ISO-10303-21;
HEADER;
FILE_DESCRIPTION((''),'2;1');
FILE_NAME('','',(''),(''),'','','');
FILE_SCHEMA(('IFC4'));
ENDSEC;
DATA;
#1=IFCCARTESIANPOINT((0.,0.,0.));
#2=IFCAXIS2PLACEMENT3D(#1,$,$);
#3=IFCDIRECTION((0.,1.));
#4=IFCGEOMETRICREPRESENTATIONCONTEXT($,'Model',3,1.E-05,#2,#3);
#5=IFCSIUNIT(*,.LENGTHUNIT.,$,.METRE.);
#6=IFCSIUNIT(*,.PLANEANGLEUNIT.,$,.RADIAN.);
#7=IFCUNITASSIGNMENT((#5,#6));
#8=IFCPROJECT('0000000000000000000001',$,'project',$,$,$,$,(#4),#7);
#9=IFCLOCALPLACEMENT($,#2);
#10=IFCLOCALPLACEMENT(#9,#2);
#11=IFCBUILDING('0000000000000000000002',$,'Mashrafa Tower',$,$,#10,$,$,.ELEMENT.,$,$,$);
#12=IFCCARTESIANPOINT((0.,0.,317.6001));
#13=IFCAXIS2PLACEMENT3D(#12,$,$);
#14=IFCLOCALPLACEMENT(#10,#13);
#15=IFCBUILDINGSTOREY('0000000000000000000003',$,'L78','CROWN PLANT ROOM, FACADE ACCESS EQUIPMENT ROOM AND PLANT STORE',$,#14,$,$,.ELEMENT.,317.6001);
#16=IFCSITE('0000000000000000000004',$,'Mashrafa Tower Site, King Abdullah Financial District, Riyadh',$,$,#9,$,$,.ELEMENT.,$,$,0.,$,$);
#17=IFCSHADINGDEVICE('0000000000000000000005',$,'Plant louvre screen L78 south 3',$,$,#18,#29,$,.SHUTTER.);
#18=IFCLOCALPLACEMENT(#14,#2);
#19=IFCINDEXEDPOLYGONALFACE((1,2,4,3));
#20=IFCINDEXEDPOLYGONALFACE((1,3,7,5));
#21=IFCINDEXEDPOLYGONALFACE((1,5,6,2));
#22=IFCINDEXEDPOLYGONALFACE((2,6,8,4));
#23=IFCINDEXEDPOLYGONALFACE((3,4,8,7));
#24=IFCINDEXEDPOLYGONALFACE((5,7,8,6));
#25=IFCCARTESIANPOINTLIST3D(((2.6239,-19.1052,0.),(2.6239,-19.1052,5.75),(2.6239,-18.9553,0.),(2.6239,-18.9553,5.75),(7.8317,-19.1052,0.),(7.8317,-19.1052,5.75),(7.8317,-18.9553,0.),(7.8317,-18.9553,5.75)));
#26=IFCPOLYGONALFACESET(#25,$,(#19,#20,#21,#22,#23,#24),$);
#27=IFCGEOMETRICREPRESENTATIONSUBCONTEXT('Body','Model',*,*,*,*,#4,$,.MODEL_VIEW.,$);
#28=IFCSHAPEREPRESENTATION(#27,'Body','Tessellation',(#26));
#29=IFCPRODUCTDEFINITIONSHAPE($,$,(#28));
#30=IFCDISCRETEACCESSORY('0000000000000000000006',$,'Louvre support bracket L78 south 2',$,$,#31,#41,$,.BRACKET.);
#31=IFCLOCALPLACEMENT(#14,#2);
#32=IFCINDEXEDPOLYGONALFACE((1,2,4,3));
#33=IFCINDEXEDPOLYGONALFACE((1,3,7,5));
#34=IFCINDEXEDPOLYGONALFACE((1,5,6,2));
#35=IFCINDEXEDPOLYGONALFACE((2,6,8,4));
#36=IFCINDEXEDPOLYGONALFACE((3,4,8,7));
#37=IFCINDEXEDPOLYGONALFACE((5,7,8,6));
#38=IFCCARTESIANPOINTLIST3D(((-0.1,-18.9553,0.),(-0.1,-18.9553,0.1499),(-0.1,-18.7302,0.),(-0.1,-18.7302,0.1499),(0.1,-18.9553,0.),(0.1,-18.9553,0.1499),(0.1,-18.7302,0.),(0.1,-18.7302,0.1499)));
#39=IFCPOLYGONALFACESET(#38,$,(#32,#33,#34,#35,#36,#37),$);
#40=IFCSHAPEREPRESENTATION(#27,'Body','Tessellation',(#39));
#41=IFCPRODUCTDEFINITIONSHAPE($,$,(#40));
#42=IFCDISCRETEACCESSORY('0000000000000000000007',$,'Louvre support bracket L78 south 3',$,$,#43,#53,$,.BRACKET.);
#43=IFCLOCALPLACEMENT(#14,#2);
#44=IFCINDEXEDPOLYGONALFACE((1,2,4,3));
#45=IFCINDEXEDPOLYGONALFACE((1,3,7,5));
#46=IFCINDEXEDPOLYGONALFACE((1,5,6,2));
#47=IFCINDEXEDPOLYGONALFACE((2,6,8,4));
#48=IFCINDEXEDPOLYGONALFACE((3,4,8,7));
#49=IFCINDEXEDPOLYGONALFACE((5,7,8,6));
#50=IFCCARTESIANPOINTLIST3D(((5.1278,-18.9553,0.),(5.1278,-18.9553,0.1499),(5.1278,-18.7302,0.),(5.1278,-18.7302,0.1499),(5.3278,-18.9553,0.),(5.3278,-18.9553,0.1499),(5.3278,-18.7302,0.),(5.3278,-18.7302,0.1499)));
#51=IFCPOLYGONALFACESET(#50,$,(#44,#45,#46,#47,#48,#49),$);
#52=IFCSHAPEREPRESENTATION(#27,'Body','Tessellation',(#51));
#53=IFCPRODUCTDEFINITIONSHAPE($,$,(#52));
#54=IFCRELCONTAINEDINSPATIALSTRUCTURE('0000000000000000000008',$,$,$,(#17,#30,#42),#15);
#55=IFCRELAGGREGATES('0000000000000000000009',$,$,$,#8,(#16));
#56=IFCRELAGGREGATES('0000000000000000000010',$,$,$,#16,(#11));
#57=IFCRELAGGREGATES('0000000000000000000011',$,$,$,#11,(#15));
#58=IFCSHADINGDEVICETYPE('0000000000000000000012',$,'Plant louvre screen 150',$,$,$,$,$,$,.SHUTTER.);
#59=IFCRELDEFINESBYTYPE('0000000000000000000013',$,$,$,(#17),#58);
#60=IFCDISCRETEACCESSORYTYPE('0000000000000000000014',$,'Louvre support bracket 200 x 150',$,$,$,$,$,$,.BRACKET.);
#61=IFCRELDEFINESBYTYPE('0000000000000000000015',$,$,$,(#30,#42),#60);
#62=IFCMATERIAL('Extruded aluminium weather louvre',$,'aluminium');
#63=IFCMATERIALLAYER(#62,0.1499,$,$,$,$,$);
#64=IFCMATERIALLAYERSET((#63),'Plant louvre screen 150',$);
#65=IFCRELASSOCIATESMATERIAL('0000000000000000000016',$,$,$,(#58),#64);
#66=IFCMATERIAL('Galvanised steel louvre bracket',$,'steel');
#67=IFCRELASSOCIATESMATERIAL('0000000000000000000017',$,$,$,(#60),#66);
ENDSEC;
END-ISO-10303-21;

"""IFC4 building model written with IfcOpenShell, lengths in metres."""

from ifc_helpers import new_model, si_unit, direction, frame, origin, origin_2d, place, context, subcontext, project, spatial, rectangle, extrude, source, transform, mapped, material, layer, layer_set, type_object, type_shapes, element, save


model = new_model("IFC4")

# Units and contexts
model_context = context("Model", 3, precision=1e-05, world=origin(), true_north=direction((0.0, 1.0)))
body_context = subcontext(model_context, "Body", "Model", "MODEL_VIEW")
ifc_project = project(units=[si_unit("LENGTHUNIT", "METRE"), si_unit("PLANEANGLEUNIT", "RADIAN")], contexts=[model_context])

# Site, building, storey
site_placement = place(None, origin())
site = spatial("IfcSite", under=ifc_project, at=site_placement, Name="Mashrafa Tower Site, King Abdullah Financial District, Riyadh", CompositionType="ELEMENT", RefElevation=0.0)
building_placement = place(site_placement, origin())
building = spatial("IfcBuilding", under=site, at=building_placement, Name="Mashrafa Tower", CompositionType="ELEMENT")
storey_placement = place(building_placement, frame((0.0, 0.0, 317.6001)))
storey = spatial("IfcBuildingStorey", under=building, at=storey_placement, Name="L78", Description="CROWN PLANT ROOM, FACADE ACCESS EQUIPMENT ROOM AND PLANT STORE", CompositionType="ELEMENT", Elevation=317.6001)

# Shading device
ifc_material_1 = material(Name="Extruded aluminium weather louvre", Category="aluminium")
ifc_layer_1 = layer(ifc_material_1, 0.1499)
ifc_layer_set_1 = layer_set([ifc_layer_1], Name="Plant louvre screen 150")
shading_device_type = type_object("IfcShadingDeviceType", Name="Plant louvre screen 150", PredefinedType="SHUTTER", material=ifc_layer_set_1)
shared_shape_1 = source(origin(), body_context, "Body", "SweptSolid", [
    extrude(rectangle(XDim=5.2078, YDim=0.1499, at=origin_2d()), origin(), (0.0, 0.0, 1.0), 5.75),
])
type_shapes(shading_device_type, [shared_shape_1])
for number, where, z_axis, x_axis, name in (
    (1, (5.2278, -19.0303, 0.0), (0.0, 0.0, 1.0), (1.0, 0.0, 0.0), "Plant louvre screen L78 south 3"),
):
    element("IfcShadingDevice", number, at=place(storey_placement, frame(where, z_axis=z_axis, x_axis=x_axis)), inside=storey, type_object=shading_device_type, Name=name, PredefinedType="SHUTTER", context=body_context, shape_type="MappedRepresentation", body=[
        mapped(shared_shape_1, transform((0.0, 0.0, 0.0))),
    ])

# Discrete accessories
ifc_material_2 = material(Name="Galvanised steel louvre bracket", Category="steel")
discrete_accessory_type = type_object("IfcDiscreteAccessoryType", Name="Louvre support bracket 200 x 150", PredefinedType="BRACKET", material=ifc_material_2)
shared_shape_2 = source(origin(), body_context, "Body", "SweptSolid", [
    extrude(rectangle(XDim=0.2, YDim=0.2251, at=origin_2d()), origin(), (0.0, 0.0, 1.0), 0.1499),
])
type_shapes(discrete_accessory_type, [shared_shape_2])
for number, where, z_axis, x_axis, name in (
    (2, (0.0, -18.8428, 0.0), (0.0, 0.0, 1.0), (1.0, 0.0, 0.0), "Louvre support bracket L78 south 2"),
    (3, (5.2278, -18.8428, 0.0), (0.0, 0.0, 1.0), (1.0, 0.0, 0.0), "Louvre support bracket L78 south 3"),
):
    element("IfcDiscreteAccessory", number, at=place(storey_placement, frame(where, z_axis=z_axis, x_axis=x_axis)), inside=storey, type_object=discrete_accessory_type, Name=name, PredefinedType="BRACKET", context=body_context, shape_type="MappedRepresentation", body=[
        mapped(shared_shape_2, transform((0.0, 0.0, 0.0))),
    ])

save(model, "model.ifc")
